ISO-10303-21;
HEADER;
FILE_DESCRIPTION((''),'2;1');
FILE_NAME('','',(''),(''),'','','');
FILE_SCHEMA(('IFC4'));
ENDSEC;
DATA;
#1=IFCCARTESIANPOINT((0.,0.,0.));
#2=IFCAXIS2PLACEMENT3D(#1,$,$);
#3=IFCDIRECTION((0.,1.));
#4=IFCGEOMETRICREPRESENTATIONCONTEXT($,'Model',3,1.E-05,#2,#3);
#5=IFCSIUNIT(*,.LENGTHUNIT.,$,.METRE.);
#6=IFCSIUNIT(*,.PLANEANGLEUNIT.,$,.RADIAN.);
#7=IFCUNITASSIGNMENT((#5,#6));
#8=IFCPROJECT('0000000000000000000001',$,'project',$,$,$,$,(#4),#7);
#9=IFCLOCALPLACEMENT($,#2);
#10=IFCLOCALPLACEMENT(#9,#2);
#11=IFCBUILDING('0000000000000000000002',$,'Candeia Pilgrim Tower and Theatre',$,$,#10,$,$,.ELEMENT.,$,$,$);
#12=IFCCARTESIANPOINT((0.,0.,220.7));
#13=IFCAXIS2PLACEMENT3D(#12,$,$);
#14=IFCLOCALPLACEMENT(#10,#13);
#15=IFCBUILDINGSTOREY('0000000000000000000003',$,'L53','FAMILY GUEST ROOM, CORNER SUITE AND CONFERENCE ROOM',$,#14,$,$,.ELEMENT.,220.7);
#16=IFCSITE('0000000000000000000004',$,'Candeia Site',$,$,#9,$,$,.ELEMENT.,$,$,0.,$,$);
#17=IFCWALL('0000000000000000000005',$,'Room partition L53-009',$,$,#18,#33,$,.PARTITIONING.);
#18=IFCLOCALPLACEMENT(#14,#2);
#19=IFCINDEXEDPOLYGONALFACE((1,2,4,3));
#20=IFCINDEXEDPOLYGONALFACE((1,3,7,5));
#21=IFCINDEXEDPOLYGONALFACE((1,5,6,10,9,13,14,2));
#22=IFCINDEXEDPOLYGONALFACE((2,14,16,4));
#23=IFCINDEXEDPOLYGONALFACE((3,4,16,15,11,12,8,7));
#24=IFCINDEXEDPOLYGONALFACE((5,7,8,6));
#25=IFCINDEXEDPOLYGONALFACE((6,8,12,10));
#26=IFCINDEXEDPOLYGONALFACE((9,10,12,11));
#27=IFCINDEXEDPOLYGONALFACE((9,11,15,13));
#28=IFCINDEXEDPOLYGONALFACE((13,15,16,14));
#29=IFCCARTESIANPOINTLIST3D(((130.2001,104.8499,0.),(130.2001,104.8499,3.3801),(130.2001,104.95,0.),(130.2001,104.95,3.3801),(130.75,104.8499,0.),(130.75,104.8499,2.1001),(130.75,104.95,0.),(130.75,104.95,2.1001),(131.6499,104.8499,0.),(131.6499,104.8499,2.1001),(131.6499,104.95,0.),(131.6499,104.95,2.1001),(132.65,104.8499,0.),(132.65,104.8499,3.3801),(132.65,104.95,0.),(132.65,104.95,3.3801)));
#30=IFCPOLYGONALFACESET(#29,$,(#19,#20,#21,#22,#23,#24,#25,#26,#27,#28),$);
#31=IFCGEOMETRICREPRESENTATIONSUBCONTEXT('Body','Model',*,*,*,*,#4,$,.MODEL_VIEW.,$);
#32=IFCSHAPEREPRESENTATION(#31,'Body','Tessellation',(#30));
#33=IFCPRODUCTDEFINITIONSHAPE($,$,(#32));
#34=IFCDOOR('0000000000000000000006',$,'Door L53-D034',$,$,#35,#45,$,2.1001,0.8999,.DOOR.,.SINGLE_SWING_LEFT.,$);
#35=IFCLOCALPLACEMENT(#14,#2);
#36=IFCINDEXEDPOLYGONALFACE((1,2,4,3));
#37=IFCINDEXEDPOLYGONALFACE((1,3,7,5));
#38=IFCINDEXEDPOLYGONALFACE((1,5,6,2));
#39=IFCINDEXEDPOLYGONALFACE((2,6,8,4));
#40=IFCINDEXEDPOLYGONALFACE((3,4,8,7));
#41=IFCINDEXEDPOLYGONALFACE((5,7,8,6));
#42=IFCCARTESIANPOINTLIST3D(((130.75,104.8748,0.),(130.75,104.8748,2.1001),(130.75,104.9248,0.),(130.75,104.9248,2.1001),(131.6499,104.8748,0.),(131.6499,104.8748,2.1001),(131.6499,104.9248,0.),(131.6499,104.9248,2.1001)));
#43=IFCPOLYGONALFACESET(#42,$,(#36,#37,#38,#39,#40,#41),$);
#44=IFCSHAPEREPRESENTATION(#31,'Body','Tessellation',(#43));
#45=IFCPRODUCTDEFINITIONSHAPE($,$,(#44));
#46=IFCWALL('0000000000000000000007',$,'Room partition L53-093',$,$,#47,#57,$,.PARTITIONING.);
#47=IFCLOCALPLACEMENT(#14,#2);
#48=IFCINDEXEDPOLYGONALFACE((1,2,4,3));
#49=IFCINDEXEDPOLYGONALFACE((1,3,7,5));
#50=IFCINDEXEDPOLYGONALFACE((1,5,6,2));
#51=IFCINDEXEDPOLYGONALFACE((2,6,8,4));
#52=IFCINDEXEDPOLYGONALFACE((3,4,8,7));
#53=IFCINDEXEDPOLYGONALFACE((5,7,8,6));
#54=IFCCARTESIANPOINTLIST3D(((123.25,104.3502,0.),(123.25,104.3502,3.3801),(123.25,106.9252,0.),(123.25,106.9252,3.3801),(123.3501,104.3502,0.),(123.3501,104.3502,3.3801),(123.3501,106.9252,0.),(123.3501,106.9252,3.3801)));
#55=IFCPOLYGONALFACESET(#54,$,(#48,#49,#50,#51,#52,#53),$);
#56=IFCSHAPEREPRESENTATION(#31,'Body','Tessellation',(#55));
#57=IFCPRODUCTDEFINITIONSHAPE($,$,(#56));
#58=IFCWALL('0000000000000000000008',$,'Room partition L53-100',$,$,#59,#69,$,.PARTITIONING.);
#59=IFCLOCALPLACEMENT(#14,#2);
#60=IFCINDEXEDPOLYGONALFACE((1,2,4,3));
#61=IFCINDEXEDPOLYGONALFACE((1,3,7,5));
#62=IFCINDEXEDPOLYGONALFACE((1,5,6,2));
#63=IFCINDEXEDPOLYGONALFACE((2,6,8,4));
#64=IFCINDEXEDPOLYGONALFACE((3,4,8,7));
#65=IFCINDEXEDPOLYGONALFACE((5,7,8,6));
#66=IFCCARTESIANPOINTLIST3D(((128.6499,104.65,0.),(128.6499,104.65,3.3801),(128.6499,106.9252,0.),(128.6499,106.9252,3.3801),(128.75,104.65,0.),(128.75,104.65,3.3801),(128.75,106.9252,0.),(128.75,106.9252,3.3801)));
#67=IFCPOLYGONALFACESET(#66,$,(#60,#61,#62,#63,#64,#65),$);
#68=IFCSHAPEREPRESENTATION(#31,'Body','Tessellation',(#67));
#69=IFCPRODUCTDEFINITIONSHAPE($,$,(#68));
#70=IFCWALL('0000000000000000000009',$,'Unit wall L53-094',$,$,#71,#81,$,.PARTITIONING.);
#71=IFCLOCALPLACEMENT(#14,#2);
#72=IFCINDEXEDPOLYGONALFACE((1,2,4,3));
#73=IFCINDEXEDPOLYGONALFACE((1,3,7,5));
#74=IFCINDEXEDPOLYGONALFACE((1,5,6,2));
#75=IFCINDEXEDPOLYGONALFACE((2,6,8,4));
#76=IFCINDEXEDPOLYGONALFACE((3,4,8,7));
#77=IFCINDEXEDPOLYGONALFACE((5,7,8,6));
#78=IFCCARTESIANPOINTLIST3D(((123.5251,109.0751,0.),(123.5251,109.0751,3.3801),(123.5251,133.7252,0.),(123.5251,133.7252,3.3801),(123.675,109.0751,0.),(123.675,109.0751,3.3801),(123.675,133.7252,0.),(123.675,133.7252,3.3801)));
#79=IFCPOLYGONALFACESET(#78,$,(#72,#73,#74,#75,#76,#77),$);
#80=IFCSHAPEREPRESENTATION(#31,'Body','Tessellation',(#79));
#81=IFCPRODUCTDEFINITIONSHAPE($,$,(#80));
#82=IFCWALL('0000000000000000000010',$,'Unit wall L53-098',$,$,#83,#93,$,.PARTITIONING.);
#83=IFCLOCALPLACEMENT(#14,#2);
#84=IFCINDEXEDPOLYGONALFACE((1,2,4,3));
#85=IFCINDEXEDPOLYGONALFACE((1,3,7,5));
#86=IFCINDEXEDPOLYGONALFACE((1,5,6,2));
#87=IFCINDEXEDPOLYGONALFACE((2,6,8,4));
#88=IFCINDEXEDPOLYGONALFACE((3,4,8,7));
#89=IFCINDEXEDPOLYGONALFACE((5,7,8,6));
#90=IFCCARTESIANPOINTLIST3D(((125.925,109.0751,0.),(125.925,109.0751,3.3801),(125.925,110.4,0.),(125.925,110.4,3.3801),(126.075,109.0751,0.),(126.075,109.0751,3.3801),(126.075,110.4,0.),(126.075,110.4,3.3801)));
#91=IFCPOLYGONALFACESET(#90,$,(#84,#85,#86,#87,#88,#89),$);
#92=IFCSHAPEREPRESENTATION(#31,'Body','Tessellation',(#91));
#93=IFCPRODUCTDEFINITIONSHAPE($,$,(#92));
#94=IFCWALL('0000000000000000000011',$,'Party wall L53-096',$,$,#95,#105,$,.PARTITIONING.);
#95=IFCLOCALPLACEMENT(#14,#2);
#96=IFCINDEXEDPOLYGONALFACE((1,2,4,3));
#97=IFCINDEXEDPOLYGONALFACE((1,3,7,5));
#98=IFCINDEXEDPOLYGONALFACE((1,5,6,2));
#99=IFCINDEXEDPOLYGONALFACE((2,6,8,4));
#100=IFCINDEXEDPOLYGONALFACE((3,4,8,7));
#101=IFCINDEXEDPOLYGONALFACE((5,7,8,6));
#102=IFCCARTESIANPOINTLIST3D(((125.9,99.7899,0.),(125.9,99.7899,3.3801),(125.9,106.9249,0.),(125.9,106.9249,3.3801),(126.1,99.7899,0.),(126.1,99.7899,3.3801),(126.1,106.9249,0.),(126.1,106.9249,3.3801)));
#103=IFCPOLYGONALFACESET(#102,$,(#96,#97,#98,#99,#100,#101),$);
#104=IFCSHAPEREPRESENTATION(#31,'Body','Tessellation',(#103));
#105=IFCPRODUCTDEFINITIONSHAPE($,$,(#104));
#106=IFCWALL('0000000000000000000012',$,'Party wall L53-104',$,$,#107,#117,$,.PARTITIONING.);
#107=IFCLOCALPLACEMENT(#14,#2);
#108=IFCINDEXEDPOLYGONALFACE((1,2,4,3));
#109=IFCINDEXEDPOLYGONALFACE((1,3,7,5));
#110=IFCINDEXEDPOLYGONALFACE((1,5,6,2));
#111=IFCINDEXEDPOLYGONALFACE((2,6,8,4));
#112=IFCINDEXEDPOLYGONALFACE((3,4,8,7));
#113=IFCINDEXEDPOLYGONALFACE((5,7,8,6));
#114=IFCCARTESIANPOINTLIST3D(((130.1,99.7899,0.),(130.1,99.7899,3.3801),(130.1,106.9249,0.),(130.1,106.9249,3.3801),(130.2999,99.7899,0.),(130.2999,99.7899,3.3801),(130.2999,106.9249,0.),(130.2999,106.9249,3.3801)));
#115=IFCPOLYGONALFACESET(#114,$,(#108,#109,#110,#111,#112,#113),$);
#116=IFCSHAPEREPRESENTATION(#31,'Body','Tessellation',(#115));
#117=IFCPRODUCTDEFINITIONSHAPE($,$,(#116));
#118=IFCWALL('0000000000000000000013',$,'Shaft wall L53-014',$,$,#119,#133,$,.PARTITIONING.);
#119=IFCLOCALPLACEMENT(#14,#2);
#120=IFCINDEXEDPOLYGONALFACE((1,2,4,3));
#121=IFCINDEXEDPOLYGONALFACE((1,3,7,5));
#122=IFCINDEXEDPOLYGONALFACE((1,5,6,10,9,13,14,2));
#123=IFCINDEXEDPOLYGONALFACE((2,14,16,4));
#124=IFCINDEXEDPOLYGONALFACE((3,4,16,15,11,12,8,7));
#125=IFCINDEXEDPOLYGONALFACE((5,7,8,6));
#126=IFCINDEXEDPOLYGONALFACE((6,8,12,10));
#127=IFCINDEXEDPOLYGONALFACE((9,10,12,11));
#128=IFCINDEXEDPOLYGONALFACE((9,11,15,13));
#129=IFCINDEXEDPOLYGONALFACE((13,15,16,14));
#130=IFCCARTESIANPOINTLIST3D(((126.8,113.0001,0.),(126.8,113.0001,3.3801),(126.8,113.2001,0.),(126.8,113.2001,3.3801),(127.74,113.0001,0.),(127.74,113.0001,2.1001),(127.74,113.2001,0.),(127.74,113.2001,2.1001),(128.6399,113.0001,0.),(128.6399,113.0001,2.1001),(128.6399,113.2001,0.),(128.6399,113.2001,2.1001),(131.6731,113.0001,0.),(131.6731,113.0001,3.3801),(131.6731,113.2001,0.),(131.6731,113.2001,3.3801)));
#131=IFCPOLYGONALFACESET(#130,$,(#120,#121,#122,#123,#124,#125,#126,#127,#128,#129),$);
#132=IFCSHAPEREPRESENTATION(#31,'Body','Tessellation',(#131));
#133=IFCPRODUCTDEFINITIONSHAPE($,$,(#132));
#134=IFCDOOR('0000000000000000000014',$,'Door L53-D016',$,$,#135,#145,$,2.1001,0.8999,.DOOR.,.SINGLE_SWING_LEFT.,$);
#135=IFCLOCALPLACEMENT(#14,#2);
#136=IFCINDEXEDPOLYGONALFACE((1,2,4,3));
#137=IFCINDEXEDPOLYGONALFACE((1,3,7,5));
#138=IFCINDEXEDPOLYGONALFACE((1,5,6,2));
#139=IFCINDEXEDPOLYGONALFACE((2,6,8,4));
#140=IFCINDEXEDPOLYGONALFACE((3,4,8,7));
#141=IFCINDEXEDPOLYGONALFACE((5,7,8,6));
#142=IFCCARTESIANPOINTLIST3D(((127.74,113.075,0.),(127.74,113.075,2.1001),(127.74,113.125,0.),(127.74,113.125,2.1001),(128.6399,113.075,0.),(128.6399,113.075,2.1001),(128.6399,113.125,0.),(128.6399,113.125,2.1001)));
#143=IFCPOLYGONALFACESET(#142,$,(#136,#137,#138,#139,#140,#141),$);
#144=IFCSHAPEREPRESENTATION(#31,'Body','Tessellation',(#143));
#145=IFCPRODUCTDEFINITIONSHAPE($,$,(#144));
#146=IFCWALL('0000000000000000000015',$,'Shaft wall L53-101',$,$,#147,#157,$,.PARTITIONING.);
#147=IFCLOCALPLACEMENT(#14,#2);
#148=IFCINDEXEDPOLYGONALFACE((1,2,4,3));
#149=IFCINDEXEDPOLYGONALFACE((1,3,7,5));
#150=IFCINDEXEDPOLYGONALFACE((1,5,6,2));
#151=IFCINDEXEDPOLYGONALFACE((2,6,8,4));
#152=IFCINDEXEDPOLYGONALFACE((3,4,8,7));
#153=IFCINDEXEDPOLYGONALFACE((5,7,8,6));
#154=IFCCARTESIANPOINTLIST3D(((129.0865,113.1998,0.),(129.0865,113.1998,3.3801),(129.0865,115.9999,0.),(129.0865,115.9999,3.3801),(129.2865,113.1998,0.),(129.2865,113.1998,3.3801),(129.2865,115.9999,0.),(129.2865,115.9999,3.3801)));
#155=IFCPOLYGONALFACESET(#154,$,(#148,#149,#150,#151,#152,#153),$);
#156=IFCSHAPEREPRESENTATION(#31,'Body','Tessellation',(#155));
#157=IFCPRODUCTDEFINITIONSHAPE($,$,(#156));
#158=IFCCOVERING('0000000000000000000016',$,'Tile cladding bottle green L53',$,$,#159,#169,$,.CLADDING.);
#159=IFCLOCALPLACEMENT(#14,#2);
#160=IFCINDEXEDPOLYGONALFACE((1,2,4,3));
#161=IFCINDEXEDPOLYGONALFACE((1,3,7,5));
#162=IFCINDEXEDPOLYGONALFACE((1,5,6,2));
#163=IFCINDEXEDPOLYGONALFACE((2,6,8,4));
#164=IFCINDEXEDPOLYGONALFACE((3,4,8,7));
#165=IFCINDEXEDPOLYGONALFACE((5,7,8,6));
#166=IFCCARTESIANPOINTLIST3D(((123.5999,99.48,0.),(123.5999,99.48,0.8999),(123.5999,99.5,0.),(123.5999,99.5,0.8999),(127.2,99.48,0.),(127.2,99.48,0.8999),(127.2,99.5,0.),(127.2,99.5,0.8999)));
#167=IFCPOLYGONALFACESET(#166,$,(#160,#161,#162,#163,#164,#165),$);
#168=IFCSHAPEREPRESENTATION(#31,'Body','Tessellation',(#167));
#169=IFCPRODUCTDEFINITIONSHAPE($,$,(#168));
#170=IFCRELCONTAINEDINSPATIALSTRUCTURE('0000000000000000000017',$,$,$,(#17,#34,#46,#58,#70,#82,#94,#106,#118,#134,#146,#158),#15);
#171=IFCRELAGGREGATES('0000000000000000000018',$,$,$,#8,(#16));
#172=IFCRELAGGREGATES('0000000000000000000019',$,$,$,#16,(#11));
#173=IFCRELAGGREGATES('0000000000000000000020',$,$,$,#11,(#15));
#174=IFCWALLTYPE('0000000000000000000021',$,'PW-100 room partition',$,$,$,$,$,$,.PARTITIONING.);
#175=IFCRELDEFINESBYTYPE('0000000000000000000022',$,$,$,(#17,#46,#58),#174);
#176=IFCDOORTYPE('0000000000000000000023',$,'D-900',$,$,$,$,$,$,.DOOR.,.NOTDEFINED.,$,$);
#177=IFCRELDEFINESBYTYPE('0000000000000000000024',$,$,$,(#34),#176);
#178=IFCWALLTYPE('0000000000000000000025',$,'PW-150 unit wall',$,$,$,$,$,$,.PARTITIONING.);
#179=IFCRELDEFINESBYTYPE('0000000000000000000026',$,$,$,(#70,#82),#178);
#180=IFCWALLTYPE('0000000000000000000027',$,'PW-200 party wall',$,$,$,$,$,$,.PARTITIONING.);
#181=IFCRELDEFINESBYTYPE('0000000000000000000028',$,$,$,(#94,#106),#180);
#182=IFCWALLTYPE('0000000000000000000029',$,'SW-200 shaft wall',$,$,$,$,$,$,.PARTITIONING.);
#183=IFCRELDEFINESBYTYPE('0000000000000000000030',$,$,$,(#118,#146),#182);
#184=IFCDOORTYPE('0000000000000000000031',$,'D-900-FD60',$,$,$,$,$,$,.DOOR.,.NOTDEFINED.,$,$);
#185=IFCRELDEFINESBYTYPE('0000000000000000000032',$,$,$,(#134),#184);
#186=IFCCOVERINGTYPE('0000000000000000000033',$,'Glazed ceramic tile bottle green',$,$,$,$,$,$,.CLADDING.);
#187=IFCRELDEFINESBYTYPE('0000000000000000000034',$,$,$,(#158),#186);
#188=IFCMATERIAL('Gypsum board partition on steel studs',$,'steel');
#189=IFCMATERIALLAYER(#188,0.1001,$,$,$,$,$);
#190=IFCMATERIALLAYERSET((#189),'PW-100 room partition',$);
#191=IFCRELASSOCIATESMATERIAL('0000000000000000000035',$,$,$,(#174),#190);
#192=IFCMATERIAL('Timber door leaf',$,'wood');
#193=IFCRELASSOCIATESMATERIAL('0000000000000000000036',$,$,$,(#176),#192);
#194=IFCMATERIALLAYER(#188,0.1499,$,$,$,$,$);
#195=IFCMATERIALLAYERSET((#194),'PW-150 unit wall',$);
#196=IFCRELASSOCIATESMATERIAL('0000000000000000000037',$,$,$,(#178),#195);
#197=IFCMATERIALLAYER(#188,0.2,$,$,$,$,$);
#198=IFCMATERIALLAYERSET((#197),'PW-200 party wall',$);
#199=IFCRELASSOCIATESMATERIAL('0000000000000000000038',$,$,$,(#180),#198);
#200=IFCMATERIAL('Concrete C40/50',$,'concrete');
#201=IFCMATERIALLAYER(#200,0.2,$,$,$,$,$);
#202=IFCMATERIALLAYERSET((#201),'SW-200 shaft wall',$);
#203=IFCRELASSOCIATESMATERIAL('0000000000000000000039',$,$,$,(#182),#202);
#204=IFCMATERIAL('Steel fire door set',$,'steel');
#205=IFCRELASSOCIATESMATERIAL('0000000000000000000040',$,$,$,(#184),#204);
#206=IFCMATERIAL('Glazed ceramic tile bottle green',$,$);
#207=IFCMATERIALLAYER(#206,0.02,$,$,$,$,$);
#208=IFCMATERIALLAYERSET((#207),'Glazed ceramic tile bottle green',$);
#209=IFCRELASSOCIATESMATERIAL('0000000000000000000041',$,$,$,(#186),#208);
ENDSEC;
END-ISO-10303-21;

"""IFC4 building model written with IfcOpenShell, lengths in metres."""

from ifc_helpers import new_model, si_unit, direction, frame, frame_2d, origin, origin_2d, place, context, subcontext, project, spatial, rectangle, extrude, material, layer, layer_set, type_object, element, fill, save


model = new_model("IFC4")

# Units and contexts
model_context = context("Model", 3, precision=1e-05, world=origin(), true_north=direction((0.0, 1.0)))
body_context = subcontext(model_context, "Body", "Model", "MODEL_VIEW")
ifc_project = project(units=[si_unit("LENGTHUNIT", "METRE"), si_unit("PLANEANGLEUNIT", "RADIAN")], contexts=[model_context])

# Site, building, storey
site_placement = place(None, origin())
site = spatial("IfcSite", under=ifc_project, at=site_placement, Name="Candeia Site", CompositionType="ELEMENT", RefElevation=0.0)
building_placement = place(site_placement, origin())
building = spatial("IfcBuilding", under=site, at=building_placement, Name="Candeia Pilgrim Tower and Theatre", CompositionType="ELEMENT")
storey_placement = place(building_placement, frame((0.0, 0.0, 220.7)))
storey = spatial("IfcBuildingStorey", under=building, at=storey_placement, Name="L53", Description="FAMILY GUEST ROOM, CORNER SUITE AND CONFERENCE ROOM", CompositionType="ELEMENT", Elevation=220.7)

# Shared definitions
ifc_material_1 = material(Name="Steel fire door set", Category="steel")

# Wall, opening, door
ifc_material_2 = material(Name="Gypsum board partition on steel studs", Category="steel")
ifc_layer_1 = layer(ifc_material_2, 0.1001)
ifc_layer_set_1 = layer_set([ifc_layer_1], Name="PW-100 room partition")
wall_type_1 = type_object("IfcWallType", Name="PW-100 room partition", PredefinedType="PARTITIONING", material=ifc_layer_set_1)
ifc_material_3 = material(Name="Timber door leaf", Category="wood")
wall_1_placement = place(storey_placement, frame((130.2, 104.8999, 0.0), z_axis=(0.0, 0.0, 1.0), x_axis=(1.0, 0.0, 0.0)))
wall_1 = element("IfcWall", 1, at=wall_1_placement, inside=storey, type_object=wall_type_1, Name="Room partition L53-009", PredefinedType="PARTITIONING", context=body_context, shape_type="SweptSolid", body=[
    extrude(rectangle(XDim=2.45, YDim=0.1001, at=frame_2d((1.2251, 0.0))), origin(), (0.0, 0.0, 1.0), 3.3801),
])
opening_1_placement = place(wall_1_placement, frame((0.55, 0.0, 0.0)))
opening_1 = element("IfcOpeningElement", 2, at=opening_1_placement, cuts=wall_1, PredefinedType="OPENING", context=body_context, shape_type="SweptSolid", body=[
    extrude(rectangle(XDim=0.8999, YDim=2.1001, at=frame_2d((0.45, 1.05))), frame((0.0, 0.0601, 0.0), z_axis=(0.0, -1.0, 0.0), x_axis=(1.0, 0.0, 0.0)), (0.0, 0.0, 1.0), 0.1201),
])
door_type_1 = type_object("IfcDoorType", Name="D-900", OperationType="NOTDEFINED", PredefinedType="DOOR", material=ifc_material_3)
door_1_placement = place(opening_1_placement, origin())
door_1 = element("IfcDoor", 3, at=door_1_placement, inside=storey, type_object=door_type_1, Name="Door L53-D034", OperationType="SINGLE_SWING_LEFT", OverallHeight=2.1001, OverallWidth=0.8999, PredefinedType="DOOR", context=body_context, shape_type="SweptSolid", body=[
    extrude(rectangle(XDim=0.8999, YDim=2.1001, at=frame_2d((0.45, 1.05))), frame((0.0, 0.0249, 0.0), z_axis=(0.0, -1.0, 0.0), x_axis=(1.0, 0.0, 0.0)), (0.0, 0.0, 1.0), 0.05),
])
fill(opening_1, door_1)

# Walls
wall_2_placement = place(storey_placement, frame((123.3, 104.3501, 0.0), z_axis=(0.0, 0.0, 1.0), x_axis=(0.0, 1.0, 0.0)))
element("IfcWall", 4, at=wall_2_placement, inside=storey, type_object=wall_type_1, Name="Room partition L53-093", PredefinedType="PARTITIONING", context=body_context, shape_type="SweptSolid", body=[
    extrude(rectangle(XDim=2.575, YDim=0.1001, at=frame_2d((1.2876, 0.0))), origin(), (0.0, 0.0, 1.0), 3.3801),
])
wall_3_placement = place(storey_placement, frame((128.7, 104.6499, 0.0), z_axis=(0.0, 0.0, 1.0), x_axis=(0.0, 1.0, 0.0)))
element("IfcWall", 5, at=wall_3_placement, inside=storey, type_object=wall_type_1, Name="Room partition L53-100", PredefinedType="PARTITIONING", context=body_context, shape_type="SweptSolid", body=[
    extrude(rectangle(XDim=2.2751, YDim=0.1001, at=frame_2d((1.1377, 0.0))), origin(), (0.0, 0.0, 1.0), 3.3801),
])
ifc_layer_2 = layer(ifc_material_2, 0.1499)
ifc_layer_set_2 = layer_set([ifc_layer_2], Name="PW-150 unit wall")
wall_type_2 = type_object("IfcWallType", Name="PW-150 unit wall", PredefinedType="PARTITIONING", material=ifc_layer_set_2)
wall_4_placement = place(storey_placement, frame((123.6001, 109.075, 0.0), z_axis=(0.0, 0.0, 1.0), x_axis=(0.0, 1.0, 0.0)))
element("IfcWall", 6, at=wall_4_placement, inside=storey, type_object=wall_type_2, Name="Unit wall L53-094", PredefinedType="PARTITIONING", context=body_context, shape_type="SweptSolid", body=[
    extrude(rectangle(XDim=24.6501, YDim=0.1499, at=frame_2d((12.3252, 0.0))), origin(), (0.0, 0.0, 1.0), 3.3801),
])
wall_5_placement = place(storey_placement, frame((126.0, 109.075, 0.0), z_axis=(0.0, 0.0, 1.0), x_axis=(0.0, 1.0, 0.0)))
element("IfcWall", 7, at=wall_5_placement, inside=storey, type_object=wall_type_2, Name="Unit wall L53-098", PredefinedType="PARTITIONING", context=body_context, shape_type="SweptSolid", body=[
    extrude(rectangle(XDim=1.325, YDim=0.1499, at=frame_2d((0.6626, 0.0))), origin(), (0.0, 0.0, 1.0), 3.3801),
])
ifc_layer_3 = layer(ifc_material_2, 0.2)
ifc_layer_set_3 = layer_set([ifc_layer_3], Name="PW-200 party wall")
wall_type_3 = type_object("IfcWallType", Name="PW-200 party wall", PredefinedType="PARTITIONING", material=ifc_layer_set_3)
for number, where, z_axis, x_axis, name in (
    (8, (126.0, 99.79, 0.0), (0.0, 0.0, 1.0), (0.0, 1.0, 0.0), "Party wall L53-096"),
    (9, (130.2, 99.79, 0.0), (0.0, 0.0, 1.0), (0.0, 1.0, 0.0), "Party wall L53-104"),
):
    element("IfcWall", number, at=place(storey_placement, frame(where, z_axis=z_axis, x_axis=x_axis)), inside=storey, type_object=wall_type_3, Name=name, PredefinedType="PARTITIONING", context=body_context, shape_type="SweptSolid", body=[
        extrude(rectangle(XDim=7.135, YDim=0.2, at=frame_2d((3.5674, 0.0))), origin(), (0.0, 0.0, 1.0), 3.3801),
    ])

# Wall, opening, door
ifc_material_4 = material(Name="Concrete C40/50", Category="concrete")
ifc_layer_4 = layer(ifc_material_4, 0.2)
ifc_layer_set_4 = layer_set([ifc_layer_4], Name="SW-200 shaft wall")
wall_type_4 = type_object("IfcWallType", Name="SW-200 shaft wall", PredefinedType="PARTITIONING", material=ifc_layer_set_4)
wall_6_placement = place(storey_placement, frame((126.8, 113.1001, 0.0), z_axis=(0.0, 0.0, 1.0), x_axis=(1.0, 0.0, 0.0)))
wall_6 = element("IfcWall", 10, at=wall_6_placement, inside=storey, type_object=wall_type_4, Name="Shaft wall L53-014", PredefinedType="PARTITIONING", context=body_context, shape_type="SweptSolid", body=[
    extrude(rectangle(XDim=4.873, YDim=0.2, at=frame_2d((2.4365, 0.0))), origin(), (0.0, 0.0, 1.0), 3.3801),
])
opening_2_placement = place(wall_6_placement, frame((0.9399, 0.0, 0.0)))
opening_2 = element("IfcOpeningElement", 11, at=opening_2_placement, cuts=wall_6, PredefinedType="OPENING", context=body_context, shape_type="SweptSolid", body=[
    extrude(rectangle(XDim=0.8999, YDim=2.1001, at=frame_2d((0.45, 1.05))), frame((0.0, 0.1099, 0.0), z_axis=(0.0, -1.0, 0.0), x_axis=(1.0, 0.0, 0.0)), (0.0, 0.0, 1.0), 0.22),
])
door_type_2 = type_object("IfcDoorType", Name="D-900-FD60", OperationType="NOTDEFINED", PredefinedType="DOOR", material=ifc_material_1)
door_2_placement = place(opening_2_placement, origin())
door_2 = element("IfcDoor", 12, at=door_2_placement, inside=storey, type_object=door_type_2, Name="Door L53-D016", OperationType="SINGLE_SWING_LEFT", OverallHeight=2.1001, OverallWidth=0.8999, PredefinedType="DOOR", context=body_context, shape_type="SweptSolid", body=[
    extrude(rectangle(XDim=0.8999, YDim=2.1001, at=frame_2d((0.45, 1.05))), frame((0.0, 0.0249, 0.0), z_axis=(0.0, -1.0, 0.0), x_axis=(1.0, 0.0, 0.0)), (0.0, 0.0, 1.0), 0.05),
])
fill(opening_2, door_2)

# Wall
wall_7_placement = place(storey_placement, frame((129.1865, 113.2, 0.0), z_axis=(0.0, 0.0, 1.0), x_axis=(0.0, 1.0, 0.0)))
element("IfcWall", 13, at=wall_7_placement, inside=storey, type_object=wall_type_4, Name="Shaft wall L53-101", PredefinedType="PARTITIONING", context=body_context, shape_type="SweptSolid", body=[
    extrude(rectangle(XDim=2.8, YDim=0.2, at=frame_2d((1.3999, 0.0))), origin(), (0.0, 0.0, 1.0), 3.3801),
])

# Covering
ifc_material_5 = material(Name="Glazed ceramic tile bottle green")
ifc_layer_5 = layer(ifc_material_5, 0.02)
ifc_layer_set_5 = layer_set([ifc_layer_5], Name="Glazed ceramic tile bottle green")
covering_type_1 = type_object("IfcCoveringType", Name="Glazed ceramic tile bottle green", PredefinedType="CLADDING", material=ifc_layer_set_5)
covering_1_placement = place(storey_placement, frame((125.3999, 99.49, 0.0), z_axis=(0.0, 0.0, 1.0), x_axis=(1.0, 0.0, 0.0)))
element("IfcCovering", 14, at=covering_1_placement, inside=storey, type_object=covering_type_1, Name="Tile cladding bottle green L53", PredefinedType="CLADDING", context=body_context, shape_type="SweptSolid", body=[
    extrude(rectangle(XDim=3.6001, YDim=0.02, at=origin_2d()), origin(), (0.0, 0.0, 1.0), 0.8999),
])

save(model, "model.ifc")
